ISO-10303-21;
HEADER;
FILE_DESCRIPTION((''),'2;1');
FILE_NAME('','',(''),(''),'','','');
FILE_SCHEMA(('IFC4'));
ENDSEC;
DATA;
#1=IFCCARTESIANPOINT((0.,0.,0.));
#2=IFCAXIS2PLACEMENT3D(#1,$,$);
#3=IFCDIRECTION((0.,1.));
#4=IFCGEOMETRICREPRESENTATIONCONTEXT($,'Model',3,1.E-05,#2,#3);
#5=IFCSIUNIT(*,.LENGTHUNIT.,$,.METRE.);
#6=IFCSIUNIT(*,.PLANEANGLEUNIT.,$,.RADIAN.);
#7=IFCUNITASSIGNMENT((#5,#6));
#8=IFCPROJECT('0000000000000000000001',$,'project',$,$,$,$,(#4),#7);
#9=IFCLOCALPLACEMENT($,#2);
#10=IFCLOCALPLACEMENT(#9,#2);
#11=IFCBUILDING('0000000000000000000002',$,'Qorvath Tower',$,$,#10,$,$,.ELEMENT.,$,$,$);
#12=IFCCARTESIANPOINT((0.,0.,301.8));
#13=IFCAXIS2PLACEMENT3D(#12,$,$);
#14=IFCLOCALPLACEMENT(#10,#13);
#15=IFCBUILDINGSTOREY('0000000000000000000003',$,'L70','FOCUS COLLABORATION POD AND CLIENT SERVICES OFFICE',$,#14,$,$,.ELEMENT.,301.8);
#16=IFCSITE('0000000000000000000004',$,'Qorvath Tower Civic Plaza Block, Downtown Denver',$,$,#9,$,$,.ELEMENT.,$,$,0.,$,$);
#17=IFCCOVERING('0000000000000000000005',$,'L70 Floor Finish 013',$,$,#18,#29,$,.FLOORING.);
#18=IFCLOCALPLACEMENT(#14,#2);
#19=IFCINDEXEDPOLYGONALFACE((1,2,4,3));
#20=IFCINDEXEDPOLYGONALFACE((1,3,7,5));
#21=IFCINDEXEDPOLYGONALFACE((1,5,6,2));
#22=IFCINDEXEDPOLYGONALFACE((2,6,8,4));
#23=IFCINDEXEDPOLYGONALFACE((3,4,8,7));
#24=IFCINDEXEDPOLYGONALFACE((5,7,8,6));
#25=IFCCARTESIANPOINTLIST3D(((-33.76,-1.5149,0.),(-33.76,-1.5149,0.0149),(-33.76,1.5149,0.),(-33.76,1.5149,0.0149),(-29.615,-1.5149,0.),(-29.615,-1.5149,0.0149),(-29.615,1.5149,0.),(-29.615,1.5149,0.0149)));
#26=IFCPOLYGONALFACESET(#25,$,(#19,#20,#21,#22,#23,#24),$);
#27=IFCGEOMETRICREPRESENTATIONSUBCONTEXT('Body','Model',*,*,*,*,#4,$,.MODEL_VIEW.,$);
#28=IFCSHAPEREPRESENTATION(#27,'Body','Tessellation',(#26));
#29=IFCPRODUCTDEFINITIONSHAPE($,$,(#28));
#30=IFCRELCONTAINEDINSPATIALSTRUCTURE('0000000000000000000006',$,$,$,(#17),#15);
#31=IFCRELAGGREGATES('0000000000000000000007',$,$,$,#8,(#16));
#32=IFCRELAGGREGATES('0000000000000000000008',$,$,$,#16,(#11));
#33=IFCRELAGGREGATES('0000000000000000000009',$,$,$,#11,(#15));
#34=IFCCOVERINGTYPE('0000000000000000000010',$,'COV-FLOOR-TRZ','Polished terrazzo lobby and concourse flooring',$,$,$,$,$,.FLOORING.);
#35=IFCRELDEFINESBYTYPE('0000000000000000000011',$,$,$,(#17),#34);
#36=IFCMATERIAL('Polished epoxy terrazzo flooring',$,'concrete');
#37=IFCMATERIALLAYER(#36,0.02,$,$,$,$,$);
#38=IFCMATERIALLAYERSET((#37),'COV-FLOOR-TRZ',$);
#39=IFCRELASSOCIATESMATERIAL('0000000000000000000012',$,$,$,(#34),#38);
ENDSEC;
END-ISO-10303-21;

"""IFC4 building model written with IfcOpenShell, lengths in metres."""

from ifc_helpers import new_model, si_unit, direction, frame, origin, place, context, subcontext, project, spatial, polyline, outline, extrude, material, layer, layer_set, type_object, element, save


model = new_model("IFC4")

# Units and contexts
model_context = context("Model", 3, precision=1e-05, world=origin(), true_north=direction((0.0, 1.0)))
body_context = subcontext(model_context, "Body", "Model", "MODEL_VIEW")
ifc_project = project(units=[si_unit("LENGTHUNIT", "METRE"), si_unit("PLANEANGLEUNIT", "RADIAN")], contexts=[model_context])

# Site, building, storey
site_placement = place(None, origin())
site = spatial("IfcSite", under=ifc_project, at=site_placement, Name="Qorvath Tower Civic Plaza Block, Downtown Denver", CompositionType="ELEMENT", RefElevation=0.0)
building_placement = place(site_placement, origin())
building = spatial("IfcBuilding", under=site, at=building_placement, Name="Qorvath Tower", CompositionType="ELEMENT")
storey_placement = place(building_placement, frame((0.0, 0.0, 301.8)))
storey = spatial("IfcBuildingStorey", under=building, at=storey_placement, Name="L70", Description="FOCUS COLLABORATION POD AND CLIENT SERVICES OFFICE", CompositionType="ELEMENT", Elevation=301.8)

# Covering
ifc_material_1 = material(Name="Polished epoxy terrazzo flooring", Category="concrete")
ifc_layer_1 = layer(ifc_material_1, 0.02)
ifc_layer_set_1 = layer_set([ifc_layer_1], Name="COV-FLOOR-TRZ")
covering_type_1 = type_object("IfcCoveringType", Name="COV-FLOOR-TRZ", Description="Polished terrazzo lobby and concourse flooring", PredefinedType="FLOORING", material=ifc_layer_set_1)
covering_1_placement = place(storey_placement, origin())
element("IfcCovering", 1, at=covering_1_placement, inside=storey, type_object=covering_type_1, Name="L70 Floor Finish 013", PredefinedType="FLOORING", context=body_context, shape_type="SweptSolid", body=[
    extrude(outline(polyline([(-29.615, -1.5149), (-29.615, 1.5149), (-33.76, 1.5149), (-33.76, -1.5149), (-29.615, -1.5149)])), origin(), (0.0, 0.0, 1.0), 0.0149),
])

save(model, "model.ifc")
